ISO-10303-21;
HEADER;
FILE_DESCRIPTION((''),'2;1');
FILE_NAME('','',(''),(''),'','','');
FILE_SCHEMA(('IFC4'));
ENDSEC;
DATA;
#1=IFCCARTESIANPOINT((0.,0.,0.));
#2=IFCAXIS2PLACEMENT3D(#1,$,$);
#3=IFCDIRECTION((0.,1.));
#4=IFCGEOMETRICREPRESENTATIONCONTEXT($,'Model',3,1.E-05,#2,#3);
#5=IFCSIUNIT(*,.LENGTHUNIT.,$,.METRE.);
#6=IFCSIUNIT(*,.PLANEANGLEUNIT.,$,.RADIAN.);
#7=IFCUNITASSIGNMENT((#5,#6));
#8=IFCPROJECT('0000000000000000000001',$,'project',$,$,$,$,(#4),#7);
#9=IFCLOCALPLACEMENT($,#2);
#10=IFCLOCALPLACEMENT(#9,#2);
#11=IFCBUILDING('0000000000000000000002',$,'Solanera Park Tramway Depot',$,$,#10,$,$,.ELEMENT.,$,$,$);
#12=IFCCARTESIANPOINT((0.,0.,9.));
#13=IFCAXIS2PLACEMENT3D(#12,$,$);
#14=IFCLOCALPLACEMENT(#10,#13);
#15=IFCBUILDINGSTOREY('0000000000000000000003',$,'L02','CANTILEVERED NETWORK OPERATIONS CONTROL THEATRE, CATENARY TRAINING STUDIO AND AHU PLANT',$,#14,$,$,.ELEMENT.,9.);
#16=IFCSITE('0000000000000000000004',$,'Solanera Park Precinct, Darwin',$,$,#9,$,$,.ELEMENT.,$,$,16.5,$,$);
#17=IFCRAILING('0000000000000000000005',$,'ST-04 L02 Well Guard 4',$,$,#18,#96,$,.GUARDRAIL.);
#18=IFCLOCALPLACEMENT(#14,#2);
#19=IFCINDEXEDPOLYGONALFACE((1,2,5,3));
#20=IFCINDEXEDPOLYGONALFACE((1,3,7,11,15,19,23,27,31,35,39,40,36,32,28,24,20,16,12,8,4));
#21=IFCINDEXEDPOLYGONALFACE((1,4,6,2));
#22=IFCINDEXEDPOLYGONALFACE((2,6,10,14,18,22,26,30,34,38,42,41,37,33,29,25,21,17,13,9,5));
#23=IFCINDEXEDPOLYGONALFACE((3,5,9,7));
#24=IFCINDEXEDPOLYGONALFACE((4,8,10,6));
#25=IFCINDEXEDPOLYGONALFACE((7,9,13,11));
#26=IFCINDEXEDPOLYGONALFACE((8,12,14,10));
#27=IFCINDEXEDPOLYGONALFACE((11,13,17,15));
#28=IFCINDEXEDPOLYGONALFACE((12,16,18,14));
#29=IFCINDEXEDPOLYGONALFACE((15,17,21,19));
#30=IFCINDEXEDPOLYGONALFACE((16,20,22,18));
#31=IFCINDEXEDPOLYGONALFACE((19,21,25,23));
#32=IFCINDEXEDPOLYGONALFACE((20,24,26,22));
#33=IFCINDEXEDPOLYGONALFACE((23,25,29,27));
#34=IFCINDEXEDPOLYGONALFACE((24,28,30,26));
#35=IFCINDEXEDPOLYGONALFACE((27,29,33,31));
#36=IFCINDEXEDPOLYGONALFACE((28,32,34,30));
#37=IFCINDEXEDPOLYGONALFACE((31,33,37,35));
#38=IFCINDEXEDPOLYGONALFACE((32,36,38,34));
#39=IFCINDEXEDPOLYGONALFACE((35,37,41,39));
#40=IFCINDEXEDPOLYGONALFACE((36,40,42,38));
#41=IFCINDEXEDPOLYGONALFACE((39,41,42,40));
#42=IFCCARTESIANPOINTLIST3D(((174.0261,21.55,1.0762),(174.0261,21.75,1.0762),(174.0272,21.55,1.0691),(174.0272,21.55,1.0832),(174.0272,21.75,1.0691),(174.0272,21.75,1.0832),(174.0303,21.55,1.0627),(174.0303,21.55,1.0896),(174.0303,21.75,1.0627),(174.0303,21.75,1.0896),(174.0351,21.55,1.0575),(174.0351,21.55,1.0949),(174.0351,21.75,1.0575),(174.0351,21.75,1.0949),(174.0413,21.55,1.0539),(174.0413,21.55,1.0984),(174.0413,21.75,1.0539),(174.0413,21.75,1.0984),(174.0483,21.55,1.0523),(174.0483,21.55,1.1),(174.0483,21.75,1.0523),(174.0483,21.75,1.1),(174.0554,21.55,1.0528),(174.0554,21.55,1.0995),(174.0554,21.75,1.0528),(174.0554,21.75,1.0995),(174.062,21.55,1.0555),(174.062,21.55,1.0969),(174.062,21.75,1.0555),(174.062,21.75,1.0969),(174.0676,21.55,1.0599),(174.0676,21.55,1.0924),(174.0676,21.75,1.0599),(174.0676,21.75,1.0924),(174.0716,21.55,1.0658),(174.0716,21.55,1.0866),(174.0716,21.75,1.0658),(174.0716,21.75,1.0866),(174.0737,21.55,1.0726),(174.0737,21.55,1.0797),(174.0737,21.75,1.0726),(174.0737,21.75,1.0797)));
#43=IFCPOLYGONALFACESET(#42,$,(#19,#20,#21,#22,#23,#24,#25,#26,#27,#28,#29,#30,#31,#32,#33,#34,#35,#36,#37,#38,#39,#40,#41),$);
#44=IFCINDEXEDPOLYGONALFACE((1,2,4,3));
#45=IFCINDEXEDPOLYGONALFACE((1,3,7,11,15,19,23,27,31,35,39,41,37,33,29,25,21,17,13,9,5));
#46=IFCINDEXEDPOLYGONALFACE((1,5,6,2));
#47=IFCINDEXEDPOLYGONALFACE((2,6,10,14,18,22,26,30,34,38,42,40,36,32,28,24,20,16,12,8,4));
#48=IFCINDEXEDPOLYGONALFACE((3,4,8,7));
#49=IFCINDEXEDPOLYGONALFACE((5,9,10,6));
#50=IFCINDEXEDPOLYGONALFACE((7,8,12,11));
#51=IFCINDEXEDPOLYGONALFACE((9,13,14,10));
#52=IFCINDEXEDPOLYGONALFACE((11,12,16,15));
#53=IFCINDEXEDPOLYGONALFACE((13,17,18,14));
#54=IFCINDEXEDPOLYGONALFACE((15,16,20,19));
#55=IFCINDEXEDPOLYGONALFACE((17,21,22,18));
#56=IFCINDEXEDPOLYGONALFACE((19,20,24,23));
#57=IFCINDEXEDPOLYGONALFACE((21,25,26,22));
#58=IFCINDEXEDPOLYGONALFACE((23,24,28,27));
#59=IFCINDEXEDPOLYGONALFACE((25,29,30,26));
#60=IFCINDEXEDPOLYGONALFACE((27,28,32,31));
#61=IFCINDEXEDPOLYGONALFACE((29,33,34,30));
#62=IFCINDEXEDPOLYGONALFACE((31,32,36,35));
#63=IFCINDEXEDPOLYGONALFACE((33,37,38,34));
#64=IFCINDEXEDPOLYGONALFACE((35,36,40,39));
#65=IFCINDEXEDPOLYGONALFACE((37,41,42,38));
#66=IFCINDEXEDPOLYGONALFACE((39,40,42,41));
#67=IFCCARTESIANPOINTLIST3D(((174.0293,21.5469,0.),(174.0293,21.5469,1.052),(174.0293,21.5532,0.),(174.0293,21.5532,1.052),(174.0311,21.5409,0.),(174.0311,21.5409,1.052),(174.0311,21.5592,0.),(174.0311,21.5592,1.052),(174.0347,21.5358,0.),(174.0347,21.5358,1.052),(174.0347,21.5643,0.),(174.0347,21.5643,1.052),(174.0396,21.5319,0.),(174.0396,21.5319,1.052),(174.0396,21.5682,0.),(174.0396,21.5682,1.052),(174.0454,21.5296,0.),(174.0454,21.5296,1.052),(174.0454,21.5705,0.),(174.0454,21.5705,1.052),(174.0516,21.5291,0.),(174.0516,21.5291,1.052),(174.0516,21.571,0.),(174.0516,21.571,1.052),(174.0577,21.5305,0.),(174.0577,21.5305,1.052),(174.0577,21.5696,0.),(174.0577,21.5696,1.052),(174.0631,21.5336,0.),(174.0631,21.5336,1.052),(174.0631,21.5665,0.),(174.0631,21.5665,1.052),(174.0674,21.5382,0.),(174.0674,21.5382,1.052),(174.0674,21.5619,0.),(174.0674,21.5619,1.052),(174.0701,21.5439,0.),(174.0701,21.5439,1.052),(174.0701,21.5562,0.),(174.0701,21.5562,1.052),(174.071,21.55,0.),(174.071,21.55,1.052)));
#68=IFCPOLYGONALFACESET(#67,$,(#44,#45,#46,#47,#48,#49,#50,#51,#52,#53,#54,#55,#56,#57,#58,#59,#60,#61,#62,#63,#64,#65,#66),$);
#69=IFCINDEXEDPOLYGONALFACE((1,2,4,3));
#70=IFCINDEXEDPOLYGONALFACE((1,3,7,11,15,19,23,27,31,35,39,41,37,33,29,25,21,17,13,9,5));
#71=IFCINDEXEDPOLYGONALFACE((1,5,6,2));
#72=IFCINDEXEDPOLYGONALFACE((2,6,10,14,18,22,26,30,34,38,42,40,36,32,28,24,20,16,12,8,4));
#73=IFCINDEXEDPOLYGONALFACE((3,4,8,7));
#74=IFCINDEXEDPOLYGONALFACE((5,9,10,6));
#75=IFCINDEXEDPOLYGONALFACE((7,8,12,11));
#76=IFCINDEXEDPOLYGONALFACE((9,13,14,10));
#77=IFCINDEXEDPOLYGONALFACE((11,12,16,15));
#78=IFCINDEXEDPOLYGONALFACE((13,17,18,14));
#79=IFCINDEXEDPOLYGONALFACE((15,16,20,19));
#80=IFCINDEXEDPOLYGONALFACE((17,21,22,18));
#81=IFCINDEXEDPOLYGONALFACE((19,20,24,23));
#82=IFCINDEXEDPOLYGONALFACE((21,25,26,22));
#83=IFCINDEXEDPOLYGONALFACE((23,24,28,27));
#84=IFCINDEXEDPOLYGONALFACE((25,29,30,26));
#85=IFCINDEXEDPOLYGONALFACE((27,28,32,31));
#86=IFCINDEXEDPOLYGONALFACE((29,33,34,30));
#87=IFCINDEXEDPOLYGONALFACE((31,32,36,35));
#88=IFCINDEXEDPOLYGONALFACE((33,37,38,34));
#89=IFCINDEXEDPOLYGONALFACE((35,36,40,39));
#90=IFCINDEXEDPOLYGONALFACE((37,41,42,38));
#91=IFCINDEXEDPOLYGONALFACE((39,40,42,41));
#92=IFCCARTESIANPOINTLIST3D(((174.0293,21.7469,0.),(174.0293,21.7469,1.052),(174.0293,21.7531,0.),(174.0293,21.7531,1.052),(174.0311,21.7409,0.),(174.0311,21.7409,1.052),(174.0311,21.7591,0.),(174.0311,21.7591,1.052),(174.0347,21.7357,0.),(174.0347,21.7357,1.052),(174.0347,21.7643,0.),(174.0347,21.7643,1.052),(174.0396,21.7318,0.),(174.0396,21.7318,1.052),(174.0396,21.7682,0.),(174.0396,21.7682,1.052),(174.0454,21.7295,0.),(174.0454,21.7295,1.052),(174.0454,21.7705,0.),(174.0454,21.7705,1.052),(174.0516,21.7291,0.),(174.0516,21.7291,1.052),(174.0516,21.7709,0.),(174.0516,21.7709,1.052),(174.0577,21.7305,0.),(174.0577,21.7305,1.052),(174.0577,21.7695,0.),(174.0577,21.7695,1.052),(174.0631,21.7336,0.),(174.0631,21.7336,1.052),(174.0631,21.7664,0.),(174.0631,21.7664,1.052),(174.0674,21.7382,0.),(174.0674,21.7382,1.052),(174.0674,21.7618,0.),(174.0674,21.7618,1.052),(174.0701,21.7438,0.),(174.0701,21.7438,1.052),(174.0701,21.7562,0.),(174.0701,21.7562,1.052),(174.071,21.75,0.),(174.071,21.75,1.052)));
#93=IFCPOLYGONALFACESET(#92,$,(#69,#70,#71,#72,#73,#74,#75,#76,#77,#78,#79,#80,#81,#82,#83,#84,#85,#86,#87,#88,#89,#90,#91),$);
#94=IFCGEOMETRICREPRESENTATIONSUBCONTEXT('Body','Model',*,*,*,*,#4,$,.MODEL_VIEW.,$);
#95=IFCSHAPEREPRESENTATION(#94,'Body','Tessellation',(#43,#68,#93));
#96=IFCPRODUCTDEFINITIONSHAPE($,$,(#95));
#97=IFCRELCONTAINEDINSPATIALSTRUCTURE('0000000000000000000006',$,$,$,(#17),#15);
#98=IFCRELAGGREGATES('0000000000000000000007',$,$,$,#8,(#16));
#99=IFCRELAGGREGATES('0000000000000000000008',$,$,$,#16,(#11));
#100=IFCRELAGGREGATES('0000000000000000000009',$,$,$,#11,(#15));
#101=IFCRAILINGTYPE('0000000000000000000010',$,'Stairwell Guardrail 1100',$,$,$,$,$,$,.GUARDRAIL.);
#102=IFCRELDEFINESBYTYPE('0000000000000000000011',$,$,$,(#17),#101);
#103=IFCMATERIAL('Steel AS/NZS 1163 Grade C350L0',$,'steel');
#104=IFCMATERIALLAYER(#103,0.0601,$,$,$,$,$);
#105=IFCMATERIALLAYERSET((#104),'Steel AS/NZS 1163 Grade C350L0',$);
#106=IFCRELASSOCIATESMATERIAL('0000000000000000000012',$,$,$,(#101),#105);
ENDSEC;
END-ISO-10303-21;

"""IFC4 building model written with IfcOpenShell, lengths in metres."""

from ifc_helpers import new_model, si_unit, direction, frame, origin, origin_2d, place, context, subcontext, project, spatial, circle, extrude, material, layer, layer_set, type_object, element, save


model = new_model("IFC4")

# Units and contexts
model_context = context("Model", 3, precision=1e-05, world=origin(), true_north=direction((0.0, 1.0)))
body_context = subcontext(model_context, "Body", "Model", "MODEL_VIEW")
ifc_project = project(units=[si_unit("LENGTHUNIT", "METRE"), si_unit("PLANEANGLEUNIT", "RADIAN")], contexts=[model_context])

# Site, building, storey
site_placement = place(None, origin())
site = spatial("IfcSite", under=ifc_project, at=site_placement, Name="Solanera Park Precinct, Darwin", CompositionType="ELEMENT", RefElevation=16.5)
building_placement = place(site_placement, origin())
building = spatial("IfcBuilding", under=site, at=building_placement, Name="Solanera Park Tramway Depot", CompositionType="ELEMENT")
storey_placement = place(building_placement, frame((0.0, 0.0, 9.0)))
storey = spatial("IfcBuildingStorey", under=building, at=storey_placement, Name="L02", Description="CANTILEVERED NETWORK OPERATIONS CONTROL THEATRE, CATENARY TRAINING STUDIO AND AHU PLANT", CompositionType="ELEMENT", Elevation=9.0)

# Railing
ifc_material_1 = material(Name="Steel AS/NZS 1163 Grade C350L0", Category="steel")
ifc_layer_1 = layer(ifc_material_1, 0.0601)
ifc_layer_set_1 = layer_set([ifc_layer_1], Name="Steel AS/NZS 1163 Grade C350L0")
railing_type_1 = type_object("IfcRailingType", Name="Stairwell Guardrail 1100", PredefinedType="GUARDRAIL", material=ifc_layer_set_1)
railing_1_placement = place(storey_placement, frame((174.05, 21.55, 0.0)))
element("IfcRailing", 1, at=railing_1_placement, inside=storey, type_object=railing_type_1, Name="ST-04 L02 Well Guard 4", PredefinedType="GUARDRAIL", context=body_context, shape_type="SweptSolid", body=[
    extrude(circle(Radius=0.0239, at=origin_2d()), frame((0.0, 0.0, 1.0762), z_axis=(0.0, 1.0, 0.0), x_axis=(-1.0, 0.0, 0.0)), (0.0, 0.0, 1.0), 0.2),
    extrude(circle(Radius=0.021, at=origin_2d()), origin(), (0.0, 0.0, 1.0), 1.052),
    extrude(circle(Radius=0.021, at=origin_2d()), frame((0.0, 0.2, 0.0)), (0.0, 0.0, 1.0), 1.052),
])

save(model, "model.ifc")
